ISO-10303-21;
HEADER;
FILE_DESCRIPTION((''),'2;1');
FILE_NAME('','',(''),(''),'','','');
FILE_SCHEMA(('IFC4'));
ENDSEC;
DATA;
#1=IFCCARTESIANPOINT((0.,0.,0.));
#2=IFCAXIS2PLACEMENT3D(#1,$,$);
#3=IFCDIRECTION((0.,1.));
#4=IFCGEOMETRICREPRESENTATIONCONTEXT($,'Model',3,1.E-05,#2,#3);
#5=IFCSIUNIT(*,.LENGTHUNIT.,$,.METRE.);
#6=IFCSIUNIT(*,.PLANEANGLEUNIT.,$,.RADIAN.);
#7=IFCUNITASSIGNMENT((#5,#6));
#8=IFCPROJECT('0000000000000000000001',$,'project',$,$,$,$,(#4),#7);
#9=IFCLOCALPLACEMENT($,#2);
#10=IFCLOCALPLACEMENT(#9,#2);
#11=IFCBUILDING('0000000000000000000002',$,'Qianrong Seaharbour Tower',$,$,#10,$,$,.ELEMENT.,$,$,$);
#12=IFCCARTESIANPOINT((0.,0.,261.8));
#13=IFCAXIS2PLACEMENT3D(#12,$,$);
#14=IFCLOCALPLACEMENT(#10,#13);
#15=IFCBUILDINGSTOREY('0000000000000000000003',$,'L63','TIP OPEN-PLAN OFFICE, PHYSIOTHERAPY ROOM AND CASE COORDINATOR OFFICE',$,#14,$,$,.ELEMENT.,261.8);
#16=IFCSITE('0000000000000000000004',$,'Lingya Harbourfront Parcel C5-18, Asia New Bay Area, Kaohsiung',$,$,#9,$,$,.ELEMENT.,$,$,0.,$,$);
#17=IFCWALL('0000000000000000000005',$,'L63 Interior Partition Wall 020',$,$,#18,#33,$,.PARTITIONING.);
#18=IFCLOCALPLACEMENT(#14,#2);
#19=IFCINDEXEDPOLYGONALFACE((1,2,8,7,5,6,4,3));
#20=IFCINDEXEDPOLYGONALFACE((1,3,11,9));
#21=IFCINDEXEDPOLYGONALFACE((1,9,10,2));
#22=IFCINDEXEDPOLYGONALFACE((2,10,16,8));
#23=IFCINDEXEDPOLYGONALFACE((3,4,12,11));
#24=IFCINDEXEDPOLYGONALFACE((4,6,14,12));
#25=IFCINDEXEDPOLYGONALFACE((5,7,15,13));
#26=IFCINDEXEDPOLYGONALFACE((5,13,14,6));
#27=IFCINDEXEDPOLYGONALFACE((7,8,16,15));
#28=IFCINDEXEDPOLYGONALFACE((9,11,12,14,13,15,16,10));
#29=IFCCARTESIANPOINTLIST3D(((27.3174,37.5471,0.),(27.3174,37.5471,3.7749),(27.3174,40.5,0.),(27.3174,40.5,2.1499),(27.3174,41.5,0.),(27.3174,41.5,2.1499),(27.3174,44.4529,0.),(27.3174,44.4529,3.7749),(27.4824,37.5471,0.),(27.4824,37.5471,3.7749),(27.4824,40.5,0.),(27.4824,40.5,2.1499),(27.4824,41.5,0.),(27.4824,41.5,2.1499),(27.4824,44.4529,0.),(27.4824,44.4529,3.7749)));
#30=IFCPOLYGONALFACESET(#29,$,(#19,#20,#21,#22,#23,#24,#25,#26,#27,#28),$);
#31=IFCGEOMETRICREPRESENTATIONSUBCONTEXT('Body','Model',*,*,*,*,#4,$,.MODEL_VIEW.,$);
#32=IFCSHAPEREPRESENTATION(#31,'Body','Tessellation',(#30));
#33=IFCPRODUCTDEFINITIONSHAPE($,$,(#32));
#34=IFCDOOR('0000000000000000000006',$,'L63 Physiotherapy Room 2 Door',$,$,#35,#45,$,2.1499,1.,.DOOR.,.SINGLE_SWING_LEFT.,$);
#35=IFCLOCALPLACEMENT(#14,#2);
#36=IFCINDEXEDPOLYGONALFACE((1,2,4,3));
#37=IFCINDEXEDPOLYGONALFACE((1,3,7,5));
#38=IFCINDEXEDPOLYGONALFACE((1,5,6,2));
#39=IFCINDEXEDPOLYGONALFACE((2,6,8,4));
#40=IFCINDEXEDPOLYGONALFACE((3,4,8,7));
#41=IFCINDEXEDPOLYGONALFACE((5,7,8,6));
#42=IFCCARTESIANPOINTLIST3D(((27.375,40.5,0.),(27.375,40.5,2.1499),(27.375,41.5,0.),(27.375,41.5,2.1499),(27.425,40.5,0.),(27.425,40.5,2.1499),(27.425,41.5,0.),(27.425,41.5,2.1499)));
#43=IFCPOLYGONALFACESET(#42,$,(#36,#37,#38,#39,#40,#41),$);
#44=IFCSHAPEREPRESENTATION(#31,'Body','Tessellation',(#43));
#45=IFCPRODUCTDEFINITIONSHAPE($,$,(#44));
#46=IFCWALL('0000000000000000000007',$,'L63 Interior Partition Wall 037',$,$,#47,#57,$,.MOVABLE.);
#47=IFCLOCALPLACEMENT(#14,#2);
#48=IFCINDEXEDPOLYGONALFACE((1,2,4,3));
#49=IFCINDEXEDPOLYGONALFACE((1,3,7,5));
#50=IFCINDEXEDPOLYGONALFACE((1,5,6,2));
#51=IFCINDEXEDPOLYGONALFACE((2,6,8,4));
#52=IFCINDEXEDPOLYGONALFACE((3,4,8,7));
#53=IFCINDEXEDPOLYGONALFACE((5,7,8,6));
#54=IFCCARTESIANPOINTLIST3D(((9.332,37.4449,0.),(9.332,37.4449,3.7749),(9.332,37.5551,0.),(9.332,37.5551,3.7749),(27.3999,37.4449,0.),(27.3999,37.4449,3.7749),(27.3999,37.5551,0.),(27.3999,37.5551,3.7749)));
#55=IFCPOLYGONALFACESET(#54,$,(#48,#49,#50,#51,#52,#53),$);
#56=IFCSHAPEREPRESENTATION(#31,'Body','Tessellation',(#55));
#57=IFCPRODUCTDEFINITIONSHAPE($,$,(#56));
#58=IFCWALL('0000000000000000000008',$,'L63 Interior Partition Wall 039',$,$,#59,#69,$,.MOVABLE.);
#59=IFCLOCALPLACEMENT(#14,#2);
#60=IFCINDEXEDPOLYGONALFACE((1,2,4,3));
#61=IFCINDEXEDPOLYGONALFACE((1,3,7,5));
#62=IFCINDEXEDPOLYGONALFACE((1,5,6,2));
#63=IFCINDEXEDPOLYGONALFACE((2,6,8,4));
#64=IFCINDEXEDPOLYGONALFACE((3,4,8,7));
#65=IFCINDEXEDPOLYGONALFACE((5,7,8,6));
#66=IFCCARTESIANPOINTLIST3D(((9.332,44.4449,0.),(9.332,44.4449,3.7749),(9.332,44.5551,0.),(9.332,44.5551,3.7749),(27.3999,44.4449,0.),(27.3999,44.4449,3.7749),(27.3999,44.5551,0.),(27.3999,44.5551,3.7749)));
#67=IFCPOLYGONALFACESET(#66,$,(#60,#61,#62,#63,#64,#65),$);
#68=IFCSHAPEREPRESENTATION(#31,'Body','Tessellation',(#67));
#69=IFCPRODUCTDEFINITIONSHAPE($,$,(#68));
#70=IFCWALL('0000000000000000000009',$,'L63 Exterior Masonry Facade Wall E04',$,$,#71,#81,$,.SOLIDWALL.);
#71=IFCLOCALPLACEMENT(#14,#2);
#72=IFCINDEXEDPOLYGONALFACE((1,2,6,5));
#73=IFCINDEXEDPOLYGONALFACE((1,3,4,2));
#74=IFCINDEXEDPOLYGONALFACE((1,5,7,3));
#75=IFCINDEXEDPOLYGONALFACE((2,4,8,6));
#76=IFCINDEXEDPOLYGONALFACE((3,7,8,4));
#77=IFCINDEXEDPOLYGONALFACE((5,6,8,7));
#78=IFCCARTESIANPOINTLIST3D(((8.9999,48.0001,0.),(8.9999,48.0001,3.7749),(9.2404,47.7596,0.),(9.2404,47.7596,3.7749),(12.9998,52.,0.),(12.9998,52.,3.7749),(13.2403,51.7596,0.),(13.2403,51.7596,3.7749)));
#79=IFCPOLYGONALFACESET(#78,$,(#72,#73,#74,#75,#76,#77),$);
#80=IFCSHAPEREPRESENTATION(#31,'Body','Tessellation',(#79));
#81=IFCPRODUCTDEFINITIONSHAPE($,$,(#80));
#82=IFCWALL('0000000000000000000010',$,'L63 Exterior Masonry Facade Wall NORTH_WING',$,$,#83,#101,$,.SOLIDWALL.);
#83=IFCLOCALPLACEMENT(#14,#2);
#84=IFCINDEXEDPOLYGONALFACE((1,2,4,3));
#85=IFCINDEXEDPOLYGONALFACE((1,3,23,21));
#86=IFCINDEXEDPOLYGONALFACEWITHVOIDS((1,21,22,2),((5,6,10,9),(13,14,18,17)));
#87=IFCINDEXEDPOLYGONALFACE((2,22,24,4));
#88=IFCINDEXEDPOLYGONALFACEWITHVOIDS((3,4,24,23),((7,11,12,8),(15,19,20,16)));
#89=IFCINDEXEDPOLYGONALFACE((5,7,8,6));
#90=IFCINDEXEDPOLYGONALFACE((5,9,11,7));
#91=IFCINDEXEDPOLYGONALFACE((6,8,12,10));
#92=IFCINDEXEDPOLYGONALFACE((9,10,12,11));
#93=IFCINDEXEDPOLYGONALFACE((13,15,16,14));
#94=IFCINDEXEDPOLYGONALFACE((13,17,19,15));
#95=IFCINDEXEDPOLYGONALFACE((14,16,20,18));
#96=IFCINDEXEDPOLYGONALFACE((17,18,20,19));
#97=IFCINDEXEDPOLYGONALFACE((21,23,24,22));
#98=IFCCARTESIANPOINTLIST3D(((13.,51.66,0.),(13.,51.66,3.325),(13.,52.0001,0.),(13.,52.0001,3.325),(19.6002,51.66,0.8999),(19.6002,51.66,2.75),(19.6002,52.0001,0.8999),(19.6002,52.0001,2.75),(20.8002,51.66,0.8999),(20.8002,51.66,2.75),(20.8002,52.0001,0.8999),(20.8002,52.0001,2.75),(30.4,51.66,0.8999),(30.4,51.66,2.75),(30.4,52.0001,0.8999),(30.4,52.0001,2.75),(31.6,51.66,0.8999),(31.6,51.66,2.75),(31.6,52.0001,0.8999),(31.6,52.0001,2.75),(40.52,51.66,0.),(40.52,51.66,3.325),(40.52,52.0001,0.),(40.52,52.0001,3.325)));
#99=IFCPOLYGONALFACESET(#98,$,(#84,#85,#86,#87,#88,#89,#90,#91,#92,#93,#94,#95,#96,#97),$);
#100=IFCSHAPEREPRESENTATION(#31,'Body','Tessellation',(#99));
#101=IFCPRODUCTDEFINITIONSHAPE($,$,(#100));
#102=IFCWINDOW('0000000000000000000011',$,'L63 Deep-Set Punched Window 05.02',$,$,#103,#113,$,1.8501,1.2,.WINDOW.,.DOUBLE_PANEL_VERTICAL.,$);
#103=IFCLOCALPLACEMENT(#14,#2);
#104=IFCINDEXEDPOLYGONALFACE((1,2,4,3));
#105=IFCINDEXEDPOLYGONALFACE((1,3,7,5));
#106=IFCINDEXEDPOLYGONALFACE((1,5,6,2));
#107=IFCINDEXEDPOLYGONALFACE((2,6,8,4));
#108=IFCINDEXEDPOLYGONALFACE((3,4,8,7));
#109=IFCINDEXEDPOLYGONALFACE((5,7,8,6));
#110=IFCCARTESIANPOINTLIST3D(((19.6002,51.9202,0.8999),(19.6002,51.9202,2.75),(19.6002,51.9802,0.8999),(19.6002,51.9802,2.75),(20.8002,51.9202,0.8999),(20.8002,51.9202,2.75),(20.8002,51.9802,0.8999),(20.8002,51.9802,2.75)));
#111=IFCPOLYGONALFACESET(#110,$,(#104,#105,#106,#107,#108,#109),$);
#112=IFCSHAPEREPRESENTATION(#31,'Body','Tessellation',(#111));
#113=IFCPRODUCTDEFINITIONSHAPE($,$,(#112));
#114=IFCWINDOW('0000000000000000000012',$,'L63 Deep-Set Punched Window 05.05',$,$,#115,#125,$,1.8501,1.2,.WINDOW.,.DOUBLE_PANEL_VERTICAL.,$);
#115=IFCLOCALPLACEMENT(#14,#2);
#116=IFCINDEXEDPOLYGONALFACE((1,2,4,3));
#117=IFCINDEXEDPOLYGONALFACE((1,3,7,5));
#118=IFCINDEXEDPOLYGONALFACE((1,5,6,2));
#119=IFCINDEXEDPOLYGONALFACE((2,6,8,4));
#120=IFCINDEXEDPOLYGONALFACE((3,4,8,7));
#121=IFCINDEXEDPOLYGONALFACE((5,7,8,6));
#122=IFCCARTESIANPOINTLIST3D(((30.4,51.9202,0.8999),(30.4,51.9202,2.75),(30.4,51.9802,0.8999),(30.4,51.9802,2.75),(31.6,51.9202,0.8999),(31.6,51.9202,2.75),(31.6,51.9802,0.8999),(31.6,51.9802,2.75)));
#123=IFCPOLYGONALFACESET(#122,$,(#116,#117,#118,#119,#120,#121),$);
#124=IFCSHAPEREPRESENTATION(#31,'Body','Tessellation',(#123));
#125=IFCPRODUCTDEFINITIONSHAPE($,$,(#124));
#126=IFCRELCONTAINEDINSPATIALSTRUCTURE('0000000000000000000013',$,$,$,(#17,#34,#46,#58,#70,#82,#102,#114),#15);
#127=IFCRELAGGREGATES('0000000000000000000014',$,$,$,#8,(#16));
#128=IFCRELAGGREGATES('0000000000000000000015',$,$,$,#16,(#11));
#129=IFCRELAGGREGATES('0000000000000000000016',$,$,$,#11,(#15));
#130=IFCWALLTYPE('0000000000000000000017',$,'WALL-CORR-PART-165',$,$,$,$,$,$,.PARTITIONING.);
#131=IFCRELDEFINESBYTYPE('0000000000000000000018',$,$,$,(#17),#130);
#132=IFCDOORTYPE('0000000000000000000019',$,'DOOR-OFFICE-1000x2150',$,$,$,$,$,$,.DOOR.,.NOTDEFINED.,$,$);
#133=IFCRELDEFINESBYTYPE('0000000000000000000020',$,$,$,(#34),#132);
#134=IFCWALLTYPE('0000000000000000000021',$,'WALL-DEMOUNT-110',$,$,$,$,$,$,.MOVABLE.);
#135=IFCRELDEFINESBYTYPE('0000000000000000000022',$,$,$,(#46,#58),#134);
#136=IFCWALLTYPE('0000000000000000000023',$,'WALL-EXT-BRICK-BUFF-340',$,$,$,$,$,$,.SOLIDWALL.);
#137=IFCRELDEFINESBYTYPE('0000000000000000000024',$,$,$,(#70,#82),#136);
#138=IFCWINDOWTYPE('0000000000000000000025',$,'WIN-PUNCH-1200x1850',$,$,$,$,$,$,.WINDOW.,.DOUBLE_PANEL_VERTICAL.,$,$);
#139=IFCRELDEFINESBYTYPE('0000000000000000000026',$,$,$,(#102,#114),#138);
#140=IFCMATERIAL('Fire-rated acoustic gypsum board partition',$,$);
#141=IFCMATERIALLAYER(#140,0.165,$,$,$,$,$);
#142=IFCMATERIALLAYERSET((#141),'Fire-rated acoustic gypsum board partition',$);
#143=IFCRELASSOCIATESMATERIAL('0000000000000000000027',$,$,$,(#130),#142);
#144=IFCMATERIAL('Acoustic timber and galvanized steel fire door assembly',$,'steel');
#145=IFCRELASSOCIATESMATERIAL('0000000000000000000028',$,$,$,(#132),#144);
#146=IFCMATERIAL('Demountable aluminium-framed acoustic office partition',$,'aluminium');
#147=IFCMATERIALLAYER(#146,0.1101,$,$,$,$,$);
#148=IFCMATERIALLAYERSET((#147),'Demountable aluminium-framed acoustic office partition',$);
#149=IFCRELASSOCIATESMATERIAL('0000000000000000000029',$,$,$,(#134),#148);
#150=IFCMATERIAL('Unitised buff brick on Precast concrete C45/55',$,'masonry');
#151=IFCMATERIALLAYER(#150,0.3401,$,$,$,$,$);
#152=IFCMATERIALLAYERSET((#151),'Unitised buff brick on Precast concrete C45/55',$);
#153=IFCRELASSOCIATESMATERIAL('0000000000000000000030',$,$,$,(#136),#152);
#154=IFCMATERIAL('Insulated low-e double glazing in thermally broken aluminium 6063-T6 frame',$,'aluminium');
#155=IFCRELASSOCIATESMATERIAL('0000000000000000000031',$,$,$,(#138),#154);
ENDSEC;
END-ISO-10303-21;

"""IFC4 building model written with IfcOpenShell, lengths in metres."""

from ifc_helpers import new_model, si_unit, direction, frame, frame_2d, origin, place, context, subcontext, project, spatial, rectangle, extrude, material, layer, layer_set, type_object, element, fill, save


model = new_model("IFC4")

# Units and contexts
model_context = context("Model", 3, precision=1e-05, world=origin(), true_north=direction((0.0, 1.0)))
body_context = subcontext(model_context, "Body", "Model", "MODEL_VIEW")
ifc_project = project(units=[si_unit("LENGTHUNIT", "METRE"), si_unit("PLANEANGLEUNIT", "RADIAN")], contexts=[model_context])

# Site, building, storey
site_placement = place(None, origin())
site = spatial("IfcSite", under=ifc_project, at=site_placement, Name="Lingya Harbourfront Parcel C5-18, Asia New Bay Area, Kaohsiung", CompositionType="ELEMENT", RefElevation=0.0)
building_placement = place(site_placement, origin())
building = spatial("IfcBuilding", under=site, at=building_placement, Name="Qianrong Seaharbour Tower", CompositionType="ELEMENT")
storey_placement = place(building_placement, frame((0.0, 0.0, 261.8)))
storey = spatial("IfcBuildingStorey", under=building, at=storey_placement, Name="L63", Description="TIP OPEN-PLAN OFFICE, PHYSIOTHERAPY ROOM AND CASE COORDINATOR OFFICE", CompositionType="ELEMENT", Elevation=261.8)

# Wall, opening, door
ifc_material_1 = material(Name="Fire-rated acoustic gypsum board partition")
ifc_layer_1 = layer(ifc_material_1, 0.165)
ifc_layer_set_1 = layer_set([ifc_layer_1], Name="Fire-rated acoustic gypsum board partition")
wall_type_1 = type_object("IfcWallType", Name="WALL-CORR-PART-165", PredefinedType="PARTITIONING", material=ifc_layer_set_1)
wall_1_placement = place(storey_placement, frame((27.3999, 37.5471, 0.0), z_axis=(0.0, 0.0, 1.0), x_axis=(0.0, 1.0, 0.0)))
wall_1 = element("IfcWall", 1, at=wall_1_placement, inside=storey, type_object=wall_type_1, Name="L63 Interior Partition Wall 020", PredefinedType="PARTITIONING", context=body_context, shape_type="SweptSolid", body=[
    extrude(rectangle(XDim=6.9058, YDim=0.165, at=frame_2d((3.4529, 0.0))), origin(), (0.0, 0.0, 1.0), 3.7749),
])
opening_1_placement = place(wall_1_placement, frame((2.9529, 0.0, 0.0)))
opening_1 = element("IfcOpeningElement", 2, at=opening_1_placement, cuts=wall_1, PredefinedType="OPENING", context=body_context, shape_type="SweptSolid", body=[
    extrude(rectangle(XDim=1.0, YDim=2.1499, at=frame_2d((0.5, 1.075))), frame((0.0, 0.0925, 0.0), z_axis=(0.0, -1.0, 0.0), x_axis=(1.0, 0.0, 0.0)), (0.0, 0.0, 1.0), 0.1851),
])
ifc_material_2 = material(Name="Acoustic timber and galvanized steel fire door assembly", Category="steel")
door_type = type_object("IfcDoorType", Name="DOOR-OFFICE-1000x2150", OperationType="NOTDEFINED", PredefinedType="DOOR", material=ifc_material_2)
door_placement = place(opening_1_placement, origin())
door = element("IfcDoor", 3, at=door_placement, inside=storey, type_object=door_type, Name="L63 Physiotherapy Room 2 Door", OperationType="SINGLE_SWING_LEFT", OverallHeight=2.1499, OverallWidth=1.0, PredefinedType="DOOR", context=body_context, shape_type="SweptSolid", body=[
    extrude(rectangle(XDim=1.0, YDim=2.1499, at=frame_2d((0.5, 1.075))), frame((0.0, 0.0249, 0.0), z_axis=(0.0, -1.0, 0.0), x_axis=(1.0, 0.0, 0.0)), (0.0, 0.0, 1.0), 0.05),
])
fill(opening_1, door)

# Walls
ifc_material_3 = material(Name="Demountable aluminium-framed acoustic office partition", Category="aluminium")
ifc_layer_2 = layer(ifc_material_3, 0.1101)
ifc_layer_set_2 = layer_set([ifc_layer_2], Name="Demountable aluminium-framed acoustic office partition")
wall_type_2 = type_object("IfcWallType", Name="WALL-DEMOUNT-110", PredefinedType="MOVABLE", material=ifc_layer_set_2)
for number, where, z_axis, x_axis, name in (
    (4, (9.332, 37.5, 0.0), (0.0, 0.0, 1.0), (1.0, 0.0, 0.0), "L63 Interior Partition Wall 037"),
    (5, (9.332, 44.5, 0.0), (0.0, 0.0, 1.0), (1.0, 0.0, 0.0), "L63 Interior Partition Wall 039"),
):
    element("IfcWall", number, at=place(storey_placement, frame(where, z_axis=z_axis, x_axis=x_axis)), inside=storey, type_object=wall_type_2, Name=name, PredefinedType="MOVABLE", context=body_context, shape_type="SweptSolid", body=[
        extrude(rectangle(XDim=18.0679, YDim=0.1101, at=frame_2d((9.0339, 0.0))), origin(), (0.0, 0.0, 1.0), 3.7749),
    ])
ifc_material_4 = material(Name="Unitised buff brick on Precast concrete C45/55", Category="masonry")
ifc_layer_3 = layer(ifc_material_4, 0.3401)
ifc_layer_set_3 = layer_set([ifc_layer_3], Name="Unitised buff brick on Precast concrete C45/55")
wall_type_3 = type_object("IfcWallType", Name="WALL-EXT-BRICK-BUFF-340", PredefinedType="SOLIDWALL", material=ifc_layer_set_3)
wall_2_placement = place(storey_placement, frame((9.1201, 47.8799, 0.0), z_axis=(0.0, 0.0, 1.0), x_axis=(0.707107, 0.707107, 0.0)))
element("IfcWall", 6, at=wall_2_placement, inside=storey, type_object=wall_type_3, Name="L63 Exterior Masonry Facade Wall E04", PredefinedType="SOLIDWALL", context=body_context, shape_type="SweptSolid", body=[
    extrude(rectangle(XDim=5.6567, YDim=0.3401, at=frame_2d((2.8284, 0.0))), origin(), (0.0, 0.0, 1.0), 3.7749),
])

# Wall, openings, windows
wall_3_placement = place(storey_placement, frame((13.0, 51.8301, 0.0), z_axis=(0.0, 0.0, 1.0), x_axis=(1.0, 0.0, 0.0)))
wall_3 = element("IfcWall", 7, at=wall_3_placement, inside=storey, type_object=wall_type_3, Name="L63 Exterior Masonry Facade Wall NORTH_WING", PredefinedType="SOLIDWALL", context=body_context, shape_type="SweptSolid", body=[
    extrude(rectangle(XDim=27.52, YDim=0.3401, at=frame_2d((13.76, 0.0))), origin(), (0.0, 0.0, 1.0), 3.325),
])
opening_2_placement = place(wall_3_placement, frame((6.6001, 0.0, 0.8999)))
opening_2 = element("IfcOpeningElement", 8, at=opening_2_placement, cuts=wall_3, PredefinedType="OPENING", context=body_context, shape_type="SweptSolid", body=[
    extrude(rectangle(XDim=1.2, YDim=1.8501, at=frame_2d((0.6001, 0.925))), frame((0.0, 0.1802, 0.0), z_axis=(0.0, -1.0, 0.0), x_axis=(1.0, 0.0, 0.0)), (0.0, 0.0, 1.0), 0.3601),
])
opening_3_placement = place(wall_3_placement, frame((17.3999, 0.0, 0.8999)))
opening_3 = element("IfcOpeningElement", 9, at=opening_3_placement, cuts=wall_3, PredefinedType="OPENING", context=body_context, shape_type="SweptSolid", body=[
    extrude(rectangle(XDim=1.2, YDim=1.8501, at=frame_2d((0.6001, 0.925))), frame((0.0, 0.1802, 0.0), z_axis=(0.0, -1.0, 0.0), x_axis=(1.0, 0.0, 0.0)), (0.0, 0.0, 1.0), 0.3601),
])
ifc_material_5 = material(Name="Insulated low-e double glazing in thermally broken aluminium 6063-T6 frame", Category="aluminium")
window_type = type_object("IfcWindowType", Name="WIN-PUNCH-1200x1850", PartitioningType="DOUBLE_PANEL_VERTICAL", PredefinedType="WINDOW", material=ifc_material_5)
window_1_placement = place(opening_2_placement, origin())
window_1 = element("IfcWindow", 10, at=window_1_placement, inside=storey, type_object=window_type, Name="L63 Deep-Set Punched Window 05.02", OverallHeight=1.8501, OverallWidth=1.2, PartitioningType="DOUBLE_PANEL_VERTICAL", PredefinedType="WINDOW", context=body_context, shape_type="SweptSolid", body=[
    extrude(rectangle(XDim=1.2, YDim=1.8501, at=frame_2d((0.6001, 0.925))), frame((0.0, 0.1501, 0.0), z_axis=(0.0, -1.0, 0.0), x_axis=(1.0, 0.0, 0.0)), (0.0, 0.0, 1.0), 0.0601),
])
fill(opening_2, window_1)
window_2_placement = place(opening_3_placement, origin())
window_2 = element("IfcWindow", 11, at=window_2_placement, inside=storey, type_object=window_type, Name="L63 Deep-Set Punched Window 05.05", OverallHeight=1.8501, OverallWidth=1.2, PartitioningType="DOUBLE_PANEL_VERTICAL", PredefinedType="WINDOW", context=body_context, shape_type="SweptSolid", body=[
    extrude(rectangle(XDim=1.2, YDim=1.8501, at=frame_2d((0.6001, 0.925))), frame((0.0, 0.1501, 0.0), z_axis=(0.0, -1.0, 0.0), x_axis=(1.0, 0.0, 0.0)), (0.0, 0.0, 1.0), 0.0601),
])
fill(opening_3, window_2)

save(model, "model.ifc")
